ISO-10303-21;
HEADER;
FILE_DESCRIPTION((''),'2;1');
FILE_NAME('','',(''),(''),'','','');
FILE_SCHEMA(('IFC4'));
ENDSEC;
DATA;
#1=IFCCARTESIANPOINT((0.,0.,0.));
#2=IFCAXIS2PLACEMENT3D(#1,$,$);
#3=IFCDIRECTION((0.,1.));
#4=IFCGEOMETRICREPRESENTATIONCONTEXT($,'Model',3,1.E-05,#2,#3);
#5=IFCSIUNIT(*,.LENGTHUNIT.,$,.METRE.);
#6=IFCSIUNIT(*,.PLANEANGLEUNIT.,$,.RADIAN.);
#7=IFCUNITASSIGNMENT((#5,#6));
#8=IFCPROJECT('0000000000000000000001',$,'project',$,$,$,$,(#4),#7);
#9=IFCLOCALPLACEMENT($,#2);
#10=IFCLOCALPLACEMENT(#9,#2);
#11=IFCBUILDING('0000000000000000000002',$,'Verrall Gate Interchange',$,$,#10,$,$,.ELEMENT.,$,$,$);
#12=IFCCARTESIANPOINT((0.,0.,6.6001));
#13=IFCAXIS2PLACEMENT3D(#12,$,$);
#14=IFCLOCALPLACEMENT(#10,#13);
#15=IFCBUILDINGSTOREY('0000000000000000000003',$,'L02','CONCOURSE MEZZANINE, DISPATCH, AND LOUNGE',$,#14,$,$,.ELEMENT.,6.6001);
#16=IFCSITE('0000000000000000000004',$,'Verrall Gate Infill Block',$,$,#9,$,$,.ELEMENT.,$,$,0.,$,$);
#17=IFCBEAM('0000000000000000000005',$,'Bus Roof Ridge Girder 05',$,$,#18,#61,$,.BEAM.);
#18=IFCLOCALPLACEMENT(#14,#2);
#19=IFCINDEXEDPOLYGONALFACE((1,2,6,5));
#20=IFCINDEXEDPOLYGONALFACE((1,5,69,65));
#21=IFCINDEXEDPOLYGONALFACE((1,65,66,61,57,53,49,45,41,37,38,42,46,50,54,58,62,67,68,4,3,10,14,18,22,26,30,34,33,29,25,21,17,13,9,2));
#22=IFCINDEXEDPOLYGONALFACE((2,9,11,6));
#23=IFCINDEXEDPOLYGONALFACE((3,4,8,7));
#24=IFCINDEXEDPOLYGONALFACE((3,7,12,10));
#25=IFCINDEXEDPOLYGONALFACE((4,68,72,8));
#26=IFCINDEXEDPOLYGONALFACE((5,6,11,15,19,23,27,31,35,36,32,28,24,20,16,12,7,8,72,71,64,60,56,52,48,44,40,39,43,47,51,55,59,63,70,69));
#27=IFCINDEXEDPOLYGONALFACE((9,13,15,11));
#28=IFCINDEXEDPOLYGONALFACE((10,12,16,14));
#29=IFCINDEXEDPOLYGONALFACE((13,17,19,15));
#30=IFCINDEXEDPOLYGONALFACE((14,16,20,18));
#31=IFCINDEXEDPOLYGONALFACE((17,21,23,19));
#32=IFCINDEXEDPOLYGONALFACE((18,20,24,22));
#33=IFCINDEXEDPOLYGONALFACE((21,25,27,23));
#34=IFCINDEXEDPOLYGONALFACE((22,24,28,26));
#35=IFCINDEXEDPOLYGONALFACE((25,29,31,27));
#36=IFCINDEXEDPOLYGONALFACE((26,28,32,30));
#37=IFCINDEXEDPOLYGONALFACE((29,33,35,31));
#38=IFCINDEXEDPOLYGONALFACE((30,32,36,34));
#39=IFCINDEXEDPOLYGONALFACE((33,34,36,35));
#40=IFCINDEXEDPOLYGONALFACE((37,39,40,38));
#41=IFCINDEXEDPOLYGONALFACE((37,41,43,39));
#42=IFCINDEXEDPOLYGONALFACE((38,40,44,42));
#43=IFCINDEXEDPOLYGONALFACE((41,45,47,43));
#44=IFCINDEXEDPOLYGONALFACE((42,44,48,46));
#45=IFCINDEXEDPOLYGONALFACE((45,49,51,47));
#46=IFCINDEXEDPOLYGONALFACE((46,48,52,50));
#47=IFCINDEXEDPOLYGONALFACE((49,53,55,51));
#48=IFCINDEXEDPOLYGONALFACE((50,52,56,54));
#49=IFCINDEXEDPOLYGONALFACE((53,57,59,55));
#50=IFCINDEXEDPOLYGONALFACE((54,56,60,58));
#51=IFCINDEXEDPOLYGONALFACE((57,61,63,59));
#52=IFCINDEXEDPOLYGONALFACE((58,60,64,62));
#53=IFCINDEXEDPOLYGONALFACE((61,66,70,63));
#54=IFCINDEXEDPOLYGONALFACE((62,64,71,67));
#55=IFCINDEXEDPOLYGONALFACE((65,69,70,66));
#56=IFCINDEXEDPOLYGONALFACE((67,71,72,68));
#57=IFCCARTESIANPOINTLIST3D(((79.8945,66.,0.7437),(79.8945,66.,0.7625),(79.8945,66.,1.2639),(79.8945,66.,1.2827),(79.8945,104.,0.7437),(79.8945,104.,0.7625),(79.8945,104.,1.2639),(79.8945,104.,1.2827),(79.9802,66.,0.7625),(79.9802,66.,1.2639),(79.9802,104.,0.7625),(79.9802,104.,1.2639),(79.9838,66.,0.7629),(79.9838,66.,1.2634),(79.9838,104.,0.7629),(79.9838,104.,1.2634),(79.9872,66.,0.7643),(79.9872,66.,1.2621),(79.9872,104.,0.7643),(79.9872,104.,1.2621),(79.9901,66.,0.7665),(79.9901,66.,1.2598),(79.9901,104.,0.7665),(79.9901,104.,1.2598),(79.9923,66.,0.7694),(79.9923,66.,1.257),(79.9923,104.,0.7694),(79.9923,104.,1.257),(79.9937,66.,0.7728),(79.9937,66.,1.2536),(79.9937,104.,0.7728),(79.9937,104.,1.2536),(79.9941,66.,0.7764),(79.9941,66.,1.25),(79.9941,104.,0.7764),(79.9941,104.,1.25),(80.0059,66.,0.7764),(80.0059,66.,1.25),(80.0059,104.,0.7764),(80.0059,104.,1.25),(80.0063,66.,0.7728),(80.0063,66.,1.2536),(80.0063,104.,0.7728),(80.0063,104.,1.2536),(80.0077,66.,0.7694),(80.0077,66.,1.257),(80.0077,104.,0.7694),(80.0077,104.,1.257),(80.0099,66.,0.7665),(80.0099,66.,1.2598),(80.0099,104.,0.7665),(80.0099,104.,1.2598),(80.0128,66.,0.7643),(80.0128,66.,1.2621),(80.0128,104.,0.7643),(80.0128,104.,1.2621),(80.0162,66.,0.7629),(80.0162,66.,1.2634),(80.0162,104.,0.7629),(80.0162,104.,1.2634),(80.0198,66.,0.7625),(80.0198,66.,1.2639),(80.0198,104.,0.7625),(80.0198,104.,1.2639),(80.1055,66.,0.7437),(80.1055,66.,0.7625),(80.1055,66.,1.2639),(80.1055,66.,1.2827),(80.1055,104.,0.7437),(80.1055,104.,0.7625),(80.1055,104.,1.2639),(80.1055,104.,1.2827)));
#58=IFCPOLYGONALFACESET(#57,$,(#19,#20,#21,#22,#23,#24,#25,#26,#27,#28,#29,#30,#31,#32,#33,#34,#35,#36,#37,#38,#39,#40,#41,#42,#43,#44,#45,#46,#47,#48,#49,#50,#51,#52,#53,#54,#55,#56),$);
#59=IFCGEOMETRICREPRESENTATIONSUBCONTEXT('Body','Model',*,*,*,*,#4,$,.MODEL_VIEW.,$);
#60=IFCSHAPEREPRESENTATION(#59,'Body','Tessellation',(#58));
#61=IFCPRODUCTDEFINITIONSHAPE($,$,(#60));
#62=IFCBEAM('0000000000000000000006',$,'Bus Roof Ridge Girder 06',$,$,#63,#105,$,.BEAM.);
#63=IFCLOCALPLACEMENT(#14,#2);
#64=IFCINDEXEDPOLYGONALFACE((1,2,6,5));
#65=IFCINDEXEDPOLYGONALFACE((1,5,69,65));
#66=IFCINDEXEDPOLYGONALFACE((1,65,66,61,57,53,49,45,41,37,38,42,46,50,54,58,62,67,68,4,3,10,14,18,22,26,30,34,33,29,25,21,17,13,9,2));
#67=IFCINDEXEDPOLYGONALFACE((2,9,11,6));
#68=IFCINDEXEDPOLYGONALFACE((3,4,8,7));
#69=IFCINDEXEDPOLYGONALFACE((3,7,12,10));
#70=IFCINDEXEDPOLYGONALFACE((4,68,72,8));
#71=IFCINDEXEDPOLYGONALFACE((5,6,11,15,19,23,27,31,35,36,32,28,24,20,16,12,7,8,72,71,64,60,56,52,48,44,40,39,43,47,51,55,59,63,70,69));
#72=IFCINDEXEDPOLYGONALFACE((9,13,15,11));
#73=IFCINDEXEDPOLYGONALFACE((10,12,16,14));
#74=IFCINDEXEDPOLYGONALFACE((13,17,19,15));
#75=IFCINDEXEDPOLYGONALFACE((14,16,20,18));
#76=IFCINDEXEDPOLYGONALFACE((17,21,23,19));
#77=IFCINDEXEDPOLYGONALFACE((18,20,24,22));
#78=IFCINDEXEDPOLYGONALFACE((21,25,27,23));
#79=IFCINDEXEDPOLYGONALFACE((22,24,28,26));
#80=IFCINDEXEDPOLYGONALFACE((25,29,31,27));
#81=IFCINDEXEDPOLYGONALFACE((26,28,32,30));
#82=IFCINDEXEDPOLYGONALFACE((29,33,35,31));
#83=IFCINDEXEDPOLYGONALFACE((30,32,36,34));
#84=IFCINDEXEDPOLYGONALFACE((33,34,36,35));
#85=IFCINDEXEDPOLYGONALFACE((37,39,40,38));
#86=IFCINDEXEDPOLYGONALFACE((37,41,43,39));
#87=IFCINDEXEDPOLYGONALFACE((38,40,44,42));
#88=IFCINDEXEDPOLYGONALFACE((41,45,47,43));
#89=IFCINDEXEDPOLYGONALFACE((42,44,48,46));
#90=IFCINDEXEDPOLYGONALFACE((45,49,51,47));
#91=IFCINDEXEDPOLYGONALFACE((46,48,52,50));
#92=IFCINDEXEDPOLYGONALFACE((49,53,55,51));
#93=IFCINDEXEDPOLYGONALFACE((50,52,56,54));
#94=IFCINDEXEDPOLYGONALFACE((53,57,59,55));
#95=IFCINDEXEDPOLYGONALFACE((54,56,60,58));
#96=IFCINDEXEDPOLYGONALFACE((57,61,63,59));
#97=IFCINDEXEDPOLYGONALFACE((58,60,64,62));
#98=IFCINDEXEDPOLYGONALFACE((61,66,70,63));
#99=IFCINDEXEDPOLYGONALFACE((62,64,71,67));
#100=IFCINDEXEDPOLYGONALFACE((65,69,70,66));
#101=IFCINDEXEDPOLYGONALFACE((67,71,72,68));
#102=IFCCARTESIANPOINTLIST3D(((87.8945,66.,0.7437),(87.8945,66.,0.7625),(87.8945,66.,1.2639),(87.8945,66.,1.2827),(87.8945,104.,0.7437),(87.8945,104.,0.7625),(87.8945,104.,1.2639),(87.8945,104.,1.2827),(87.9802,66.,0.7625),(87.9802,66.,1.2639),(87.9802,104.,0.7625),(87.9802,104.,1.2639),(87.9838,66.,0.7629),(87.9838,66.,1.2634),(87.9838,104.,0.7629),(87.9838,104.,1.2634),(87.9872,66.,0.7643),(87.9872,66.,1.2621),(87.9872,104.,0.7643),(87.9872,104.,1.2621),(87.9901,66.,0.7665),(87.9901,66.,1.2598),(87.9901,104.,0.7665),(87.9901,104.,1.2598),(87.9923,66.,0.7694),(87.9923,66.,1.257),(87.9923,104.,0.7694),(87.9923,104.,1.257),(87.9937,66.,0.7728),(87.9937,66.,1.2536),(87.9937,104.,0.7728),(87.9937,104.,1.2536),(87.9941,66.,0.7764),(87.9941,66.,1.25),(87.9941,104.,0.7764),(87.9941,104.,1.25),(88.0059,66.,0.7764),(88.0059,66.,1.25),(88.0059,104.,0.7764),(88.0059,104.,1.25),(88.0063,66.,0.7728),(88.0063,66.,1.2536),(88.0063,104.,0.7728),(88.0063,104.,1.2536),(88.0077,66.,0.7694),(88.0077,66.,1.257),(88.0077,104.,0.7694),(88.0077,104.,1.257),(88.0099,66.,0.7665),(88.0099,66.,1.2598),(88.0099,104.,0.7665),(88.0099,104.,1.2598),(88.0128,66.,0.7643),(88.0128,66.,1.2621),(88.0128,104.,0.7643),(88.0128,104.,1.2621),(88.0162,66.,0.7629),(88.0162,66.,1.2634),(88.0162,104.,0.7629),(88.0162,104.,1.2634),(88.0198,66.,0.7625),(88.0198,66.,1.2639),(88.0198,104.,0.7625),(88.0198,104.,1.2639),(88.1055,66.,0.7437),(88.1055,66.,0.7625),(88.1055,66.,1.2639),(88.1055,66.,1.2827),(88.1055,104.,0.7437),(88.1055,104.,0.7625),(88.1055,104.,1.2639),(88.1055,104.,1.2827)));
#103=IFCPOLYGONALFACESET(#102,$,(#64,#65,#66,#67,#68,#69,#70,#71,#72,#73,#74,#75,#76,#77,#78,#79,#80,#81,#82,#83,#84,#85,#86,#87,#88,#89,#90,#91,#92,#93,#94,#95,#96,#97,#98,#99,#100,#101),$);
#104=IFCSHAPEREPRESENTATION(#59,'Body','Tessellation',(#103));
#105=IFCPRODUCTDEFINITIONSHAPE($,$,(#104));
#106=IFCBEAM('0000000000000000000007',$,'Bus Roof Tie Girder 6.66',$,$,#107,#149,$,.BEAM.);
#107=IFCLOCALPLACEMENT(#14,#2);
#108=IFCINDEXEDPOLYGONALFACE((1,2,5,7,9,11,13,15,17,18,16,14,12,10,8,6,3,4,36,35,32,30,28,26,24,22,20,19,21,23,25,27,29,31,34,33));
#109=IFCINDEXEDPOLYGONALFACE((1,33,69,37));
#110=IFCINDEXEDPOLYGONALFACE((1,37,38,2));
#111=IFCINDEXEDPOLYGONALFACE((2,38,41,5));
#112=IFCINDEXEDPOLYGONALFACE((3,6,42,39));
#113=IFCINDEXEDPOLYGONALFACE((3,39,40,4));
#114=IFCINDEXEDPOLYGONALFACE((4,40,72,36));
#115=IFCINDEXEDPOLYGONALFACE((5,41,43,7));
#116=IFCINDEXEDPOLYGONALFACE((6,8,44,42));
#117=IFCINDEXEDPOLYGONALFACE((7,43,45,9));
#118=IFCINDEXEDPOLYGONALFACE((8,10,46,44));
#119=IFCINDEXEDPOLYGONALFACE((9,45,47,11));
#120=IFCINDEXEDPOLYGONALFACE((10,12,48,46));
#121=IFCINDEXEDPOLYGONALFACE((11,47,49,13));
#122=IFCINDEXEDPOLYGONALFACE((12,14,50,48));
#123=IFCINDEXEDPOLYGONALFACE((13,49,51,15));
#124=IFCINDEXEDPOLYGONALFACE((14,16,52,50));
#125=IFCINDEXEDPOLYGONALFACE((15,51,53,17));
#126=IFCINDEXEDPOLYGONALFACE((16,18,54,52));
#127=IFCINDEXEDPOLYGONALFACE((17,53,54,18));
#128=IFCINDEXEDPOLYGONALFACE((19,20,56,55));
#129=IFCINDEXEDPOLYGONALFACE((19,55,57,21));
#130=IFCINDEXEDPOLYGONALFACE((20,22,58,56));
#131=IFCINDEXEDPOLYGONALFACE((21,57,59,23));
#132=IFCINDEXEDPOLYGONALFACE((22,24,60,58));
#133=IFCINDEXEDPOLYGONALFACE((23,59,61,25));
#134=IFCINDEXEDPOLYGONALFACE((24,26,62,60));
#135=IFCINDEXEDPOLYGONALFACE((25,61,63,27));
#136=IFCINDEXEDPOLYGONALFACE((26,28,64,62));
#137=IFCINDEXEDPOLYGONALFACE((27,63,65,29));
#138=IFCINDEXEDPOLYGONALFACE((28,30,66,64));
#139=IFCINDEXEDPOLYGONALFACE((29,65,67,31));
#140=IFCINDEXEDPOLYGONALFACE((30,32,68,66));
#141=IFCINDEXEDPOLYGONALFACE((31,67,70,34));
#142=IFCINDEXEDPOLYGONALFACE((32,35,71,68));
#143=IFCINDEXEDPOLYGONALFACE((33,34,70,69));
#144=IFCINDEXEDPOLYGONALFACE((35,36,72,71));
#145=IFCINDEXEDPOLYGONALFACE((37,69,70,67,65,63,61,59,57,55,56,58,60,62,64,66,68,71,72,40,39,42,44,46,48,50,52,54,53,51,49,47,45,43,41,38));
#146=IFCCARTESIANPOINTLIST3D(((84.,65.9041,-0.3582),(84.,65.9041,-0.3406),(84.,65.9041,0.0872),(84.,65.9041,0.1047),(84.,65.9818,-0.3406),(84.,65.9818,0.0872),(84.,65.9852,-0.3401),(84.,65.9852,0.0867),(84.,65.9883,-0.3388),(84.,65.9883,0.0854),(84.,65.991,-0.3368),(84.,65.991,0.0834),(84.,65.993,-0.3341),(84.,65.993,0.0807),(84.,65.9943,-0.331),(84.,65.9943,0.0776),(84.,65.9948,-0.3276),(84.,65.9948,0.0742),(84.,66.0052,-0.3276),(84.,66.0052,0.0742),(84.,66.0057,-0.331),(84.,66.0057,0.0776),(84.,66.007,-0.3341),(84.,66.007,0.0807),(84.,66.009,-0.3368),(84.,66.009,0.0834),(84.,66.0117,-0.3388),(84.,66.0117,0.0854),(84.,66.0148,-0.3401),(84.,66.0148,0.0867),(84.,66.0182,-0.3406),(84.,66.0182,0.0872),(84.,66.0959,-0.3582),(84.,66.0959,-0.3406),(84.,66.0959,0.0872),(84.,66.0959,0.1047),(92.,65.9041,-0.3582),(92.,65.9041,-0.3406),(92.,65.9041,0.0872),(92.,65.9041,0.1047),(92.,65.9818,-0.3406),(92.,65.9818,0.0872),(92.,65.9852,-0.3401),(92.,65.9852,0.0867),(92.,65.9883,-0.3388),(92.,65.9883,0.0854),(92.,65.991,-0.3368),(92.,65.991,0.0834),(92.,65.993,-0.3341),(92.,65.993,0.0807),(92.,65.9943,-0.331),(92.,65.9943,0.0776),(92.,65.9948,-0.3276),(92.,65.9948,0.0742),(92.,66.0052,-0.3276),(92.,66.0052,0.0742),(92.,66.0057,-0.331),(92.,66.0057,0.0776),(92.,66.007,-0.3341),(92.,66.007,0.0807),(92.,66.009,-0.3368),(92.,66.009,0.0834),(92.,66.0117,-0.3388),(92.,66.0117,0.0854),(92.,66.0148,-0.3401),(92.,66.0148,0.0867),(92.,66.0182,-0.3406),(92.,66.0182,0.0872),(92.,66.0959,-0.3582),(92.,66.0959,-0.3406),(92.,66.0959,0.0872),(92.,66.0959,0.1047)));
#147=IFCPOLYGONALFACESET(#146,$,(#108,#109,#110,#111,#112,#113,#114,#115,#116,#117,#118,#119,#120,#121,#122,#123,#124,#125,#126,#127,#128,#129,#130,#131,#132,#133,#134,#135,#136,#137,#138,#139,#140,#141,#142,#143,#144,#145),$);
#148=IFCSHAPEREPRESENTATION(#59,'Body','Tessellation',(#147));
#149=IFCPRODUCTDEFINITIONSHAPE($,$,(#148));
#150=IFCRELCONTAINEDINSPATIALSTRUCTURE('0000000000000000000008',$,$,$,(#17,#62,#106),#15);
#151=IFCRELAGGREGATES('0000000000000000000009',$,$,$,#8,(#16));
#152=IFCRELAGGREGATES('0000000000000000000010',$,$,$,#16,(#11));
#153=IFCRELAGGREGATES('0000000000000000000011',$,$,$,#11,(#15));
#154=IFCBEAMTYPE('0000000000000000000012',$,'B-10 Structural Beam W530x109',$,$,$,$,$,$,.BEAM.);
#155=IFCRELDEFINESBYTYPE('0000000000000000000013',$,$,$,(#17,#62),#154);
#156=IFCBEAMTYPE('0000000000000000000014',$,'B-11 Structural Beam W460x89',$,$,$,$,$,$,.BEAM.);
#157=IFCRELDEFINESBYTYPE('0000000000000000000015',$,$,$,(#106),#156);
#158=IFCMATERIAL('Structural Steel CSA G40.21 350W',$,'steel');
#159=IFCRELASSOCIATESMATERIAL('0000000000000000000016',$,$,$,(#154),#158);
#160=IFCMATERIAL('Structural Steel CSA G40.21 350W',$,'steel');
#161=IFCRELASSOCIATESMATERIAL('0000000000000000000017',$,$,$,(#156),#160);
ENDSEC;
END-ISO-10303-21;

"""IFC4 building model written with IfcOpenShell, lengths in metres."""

from ifc_helpers import new_model, si_unit, direction, frame, origin, origin_2d, place, context, subcontext, project, spatial, i_section, extrude, material, material_profile, profile_set, type_object, element, save


model = new_model("IFC4")

# Units and contexts
model_context = context("Model", 3, precision=1e-05, world=origin(), true_north=direction((0.0, 1.0)))
body_context = subcontext(model_context, "Body", "Model", "MODEL_VIEW")
ifc_project = project(units=[si_unit("LENGTHUNIT", "METRE"), si_unit("PLANEANGLEUNIT", "RADIAN")], contexts=[model_context])

# Site, building, storey
site_placement = place(None, origin())
site = spatial("IfcSite", under=ifc_project, at=site_placement, Name="Verrall Gate Infill Block", CompositionType="ELEMENT", RefElevation=0.0)
building_placement = place(site_placement, origin())
building = spatial("IfcBuilding", under=site, at=building_placement, Name="Verrall Gate Interchange", CompositionType="ELEMENT")
storey_placement = place(building_placement, frame((0.0, 0.0, 6.6001)))
storey = spatial("IfcBuildingStorey", under=building, at=storey_placement, Name="L02", Description="CONCOURSE MEZZANINE, DISPATCH, AND LOUNGE", CompositionType="ELEMENT", Elevation=6.6001)

# Beams
ifc_material_1 = material(Name="Structural Steel CSA G40.21 350W", Category="steel")
ifc_material_profile_1 = material_profile(ifc_material_1, i_section(OverallWidth=0.2109, OverallDepth=0.5391, WebThickness=0.0117, FlangeThickness=0.0188, FilletRadius=0.0139, at=origin_2d()), Name="W530x109")
ifc_profile_set_1 = profile_set([ifc_material_profile_1], Name="Structural Steel CSA G40.21 350W")
beam_type_1 = type_object("IfcBeamType", Name="B-10 Structural Beam W530x109", PredefinedType="BEAM", material=ifc_profile_set_1)
for number, where, z_axis, x_axis, name in (
    (1, (80.0, 66.0, 1.0132), (0.0, 1.0, 0.0), (-1.0, 0.0, 0.0), "Bus Roof Ridge Girder 05"),
    (2, (88.0, 66.0, 1.0132), (0.0, 1.0, 0.0), (-1.0, 0.0, 0.0), "Bus Roof Ridge Girder 06"),
):
    element("IfcBeam", number, at=place(storey_placement, frame(where, z_axis=z_axis, x_axis=x_axis)), inside=storey, type_object=beam_type_1, Name=name, PredefinedType="BEAM", context=body_context, shape_type="SweptSolid", body=[
        extrude(i_section(OverallWidth=0.2109, OverallDepth=0.5391, WebThickness=0.0117, FlangeThickness=0.0188, FilletRadius=0.0139, at=origin_2d()), origin(), (0.0, 0.0, 1.0), 38.0),
    ])
ifc_material_2 = material(Name="Structural Steel CSA G40.21 350W", Category="steel")
ifc_material_profile_2 = material_profile(ifc_material_2, i_section(OverallWidth=0.1919, OverallDepth=0.4629, WebThickness=0.0105, FlangeThickness=0.0176, FilletRadius=0.0129, at=origin_2d()), Name="W460x89")
ifc_profile_set_2 = profile_set([ifc_material_profile_2], Name="Structural Steel CSA G40.21 350W")
beam_type_2 = type_object("IfcBeamType", Name="B-11 Structural Beam W460x89", PredefinedType="BEAM", material=ifc_profile_set_2)
beam_1_placement = place(storey_placement, frame((84.0, 66.0, -0.1267), z_axis=(1.0, 0.0, 0.0), x_axis=(0.0, 1.0, 0.0)))
element("IfcBeam", 3, at=beam_1_placement, inside=storey, type_object=beam_type_2, Name="Bus Roof Tie Girder 6.66", PredefinedType="BEAM", context=body_context, shape_type="SweptSolid", body=[
    extrude(i_section(OverallWidth=0.1919, OverallDepth=0.4629, WebThickness=0.0105, FlangeThickness=0.0176, FilletRadius=0.0129, at=origin_2d()), origin(), (0.0, 0.0, 1.0), 8.0),
])

save(model, "model.ifc")
